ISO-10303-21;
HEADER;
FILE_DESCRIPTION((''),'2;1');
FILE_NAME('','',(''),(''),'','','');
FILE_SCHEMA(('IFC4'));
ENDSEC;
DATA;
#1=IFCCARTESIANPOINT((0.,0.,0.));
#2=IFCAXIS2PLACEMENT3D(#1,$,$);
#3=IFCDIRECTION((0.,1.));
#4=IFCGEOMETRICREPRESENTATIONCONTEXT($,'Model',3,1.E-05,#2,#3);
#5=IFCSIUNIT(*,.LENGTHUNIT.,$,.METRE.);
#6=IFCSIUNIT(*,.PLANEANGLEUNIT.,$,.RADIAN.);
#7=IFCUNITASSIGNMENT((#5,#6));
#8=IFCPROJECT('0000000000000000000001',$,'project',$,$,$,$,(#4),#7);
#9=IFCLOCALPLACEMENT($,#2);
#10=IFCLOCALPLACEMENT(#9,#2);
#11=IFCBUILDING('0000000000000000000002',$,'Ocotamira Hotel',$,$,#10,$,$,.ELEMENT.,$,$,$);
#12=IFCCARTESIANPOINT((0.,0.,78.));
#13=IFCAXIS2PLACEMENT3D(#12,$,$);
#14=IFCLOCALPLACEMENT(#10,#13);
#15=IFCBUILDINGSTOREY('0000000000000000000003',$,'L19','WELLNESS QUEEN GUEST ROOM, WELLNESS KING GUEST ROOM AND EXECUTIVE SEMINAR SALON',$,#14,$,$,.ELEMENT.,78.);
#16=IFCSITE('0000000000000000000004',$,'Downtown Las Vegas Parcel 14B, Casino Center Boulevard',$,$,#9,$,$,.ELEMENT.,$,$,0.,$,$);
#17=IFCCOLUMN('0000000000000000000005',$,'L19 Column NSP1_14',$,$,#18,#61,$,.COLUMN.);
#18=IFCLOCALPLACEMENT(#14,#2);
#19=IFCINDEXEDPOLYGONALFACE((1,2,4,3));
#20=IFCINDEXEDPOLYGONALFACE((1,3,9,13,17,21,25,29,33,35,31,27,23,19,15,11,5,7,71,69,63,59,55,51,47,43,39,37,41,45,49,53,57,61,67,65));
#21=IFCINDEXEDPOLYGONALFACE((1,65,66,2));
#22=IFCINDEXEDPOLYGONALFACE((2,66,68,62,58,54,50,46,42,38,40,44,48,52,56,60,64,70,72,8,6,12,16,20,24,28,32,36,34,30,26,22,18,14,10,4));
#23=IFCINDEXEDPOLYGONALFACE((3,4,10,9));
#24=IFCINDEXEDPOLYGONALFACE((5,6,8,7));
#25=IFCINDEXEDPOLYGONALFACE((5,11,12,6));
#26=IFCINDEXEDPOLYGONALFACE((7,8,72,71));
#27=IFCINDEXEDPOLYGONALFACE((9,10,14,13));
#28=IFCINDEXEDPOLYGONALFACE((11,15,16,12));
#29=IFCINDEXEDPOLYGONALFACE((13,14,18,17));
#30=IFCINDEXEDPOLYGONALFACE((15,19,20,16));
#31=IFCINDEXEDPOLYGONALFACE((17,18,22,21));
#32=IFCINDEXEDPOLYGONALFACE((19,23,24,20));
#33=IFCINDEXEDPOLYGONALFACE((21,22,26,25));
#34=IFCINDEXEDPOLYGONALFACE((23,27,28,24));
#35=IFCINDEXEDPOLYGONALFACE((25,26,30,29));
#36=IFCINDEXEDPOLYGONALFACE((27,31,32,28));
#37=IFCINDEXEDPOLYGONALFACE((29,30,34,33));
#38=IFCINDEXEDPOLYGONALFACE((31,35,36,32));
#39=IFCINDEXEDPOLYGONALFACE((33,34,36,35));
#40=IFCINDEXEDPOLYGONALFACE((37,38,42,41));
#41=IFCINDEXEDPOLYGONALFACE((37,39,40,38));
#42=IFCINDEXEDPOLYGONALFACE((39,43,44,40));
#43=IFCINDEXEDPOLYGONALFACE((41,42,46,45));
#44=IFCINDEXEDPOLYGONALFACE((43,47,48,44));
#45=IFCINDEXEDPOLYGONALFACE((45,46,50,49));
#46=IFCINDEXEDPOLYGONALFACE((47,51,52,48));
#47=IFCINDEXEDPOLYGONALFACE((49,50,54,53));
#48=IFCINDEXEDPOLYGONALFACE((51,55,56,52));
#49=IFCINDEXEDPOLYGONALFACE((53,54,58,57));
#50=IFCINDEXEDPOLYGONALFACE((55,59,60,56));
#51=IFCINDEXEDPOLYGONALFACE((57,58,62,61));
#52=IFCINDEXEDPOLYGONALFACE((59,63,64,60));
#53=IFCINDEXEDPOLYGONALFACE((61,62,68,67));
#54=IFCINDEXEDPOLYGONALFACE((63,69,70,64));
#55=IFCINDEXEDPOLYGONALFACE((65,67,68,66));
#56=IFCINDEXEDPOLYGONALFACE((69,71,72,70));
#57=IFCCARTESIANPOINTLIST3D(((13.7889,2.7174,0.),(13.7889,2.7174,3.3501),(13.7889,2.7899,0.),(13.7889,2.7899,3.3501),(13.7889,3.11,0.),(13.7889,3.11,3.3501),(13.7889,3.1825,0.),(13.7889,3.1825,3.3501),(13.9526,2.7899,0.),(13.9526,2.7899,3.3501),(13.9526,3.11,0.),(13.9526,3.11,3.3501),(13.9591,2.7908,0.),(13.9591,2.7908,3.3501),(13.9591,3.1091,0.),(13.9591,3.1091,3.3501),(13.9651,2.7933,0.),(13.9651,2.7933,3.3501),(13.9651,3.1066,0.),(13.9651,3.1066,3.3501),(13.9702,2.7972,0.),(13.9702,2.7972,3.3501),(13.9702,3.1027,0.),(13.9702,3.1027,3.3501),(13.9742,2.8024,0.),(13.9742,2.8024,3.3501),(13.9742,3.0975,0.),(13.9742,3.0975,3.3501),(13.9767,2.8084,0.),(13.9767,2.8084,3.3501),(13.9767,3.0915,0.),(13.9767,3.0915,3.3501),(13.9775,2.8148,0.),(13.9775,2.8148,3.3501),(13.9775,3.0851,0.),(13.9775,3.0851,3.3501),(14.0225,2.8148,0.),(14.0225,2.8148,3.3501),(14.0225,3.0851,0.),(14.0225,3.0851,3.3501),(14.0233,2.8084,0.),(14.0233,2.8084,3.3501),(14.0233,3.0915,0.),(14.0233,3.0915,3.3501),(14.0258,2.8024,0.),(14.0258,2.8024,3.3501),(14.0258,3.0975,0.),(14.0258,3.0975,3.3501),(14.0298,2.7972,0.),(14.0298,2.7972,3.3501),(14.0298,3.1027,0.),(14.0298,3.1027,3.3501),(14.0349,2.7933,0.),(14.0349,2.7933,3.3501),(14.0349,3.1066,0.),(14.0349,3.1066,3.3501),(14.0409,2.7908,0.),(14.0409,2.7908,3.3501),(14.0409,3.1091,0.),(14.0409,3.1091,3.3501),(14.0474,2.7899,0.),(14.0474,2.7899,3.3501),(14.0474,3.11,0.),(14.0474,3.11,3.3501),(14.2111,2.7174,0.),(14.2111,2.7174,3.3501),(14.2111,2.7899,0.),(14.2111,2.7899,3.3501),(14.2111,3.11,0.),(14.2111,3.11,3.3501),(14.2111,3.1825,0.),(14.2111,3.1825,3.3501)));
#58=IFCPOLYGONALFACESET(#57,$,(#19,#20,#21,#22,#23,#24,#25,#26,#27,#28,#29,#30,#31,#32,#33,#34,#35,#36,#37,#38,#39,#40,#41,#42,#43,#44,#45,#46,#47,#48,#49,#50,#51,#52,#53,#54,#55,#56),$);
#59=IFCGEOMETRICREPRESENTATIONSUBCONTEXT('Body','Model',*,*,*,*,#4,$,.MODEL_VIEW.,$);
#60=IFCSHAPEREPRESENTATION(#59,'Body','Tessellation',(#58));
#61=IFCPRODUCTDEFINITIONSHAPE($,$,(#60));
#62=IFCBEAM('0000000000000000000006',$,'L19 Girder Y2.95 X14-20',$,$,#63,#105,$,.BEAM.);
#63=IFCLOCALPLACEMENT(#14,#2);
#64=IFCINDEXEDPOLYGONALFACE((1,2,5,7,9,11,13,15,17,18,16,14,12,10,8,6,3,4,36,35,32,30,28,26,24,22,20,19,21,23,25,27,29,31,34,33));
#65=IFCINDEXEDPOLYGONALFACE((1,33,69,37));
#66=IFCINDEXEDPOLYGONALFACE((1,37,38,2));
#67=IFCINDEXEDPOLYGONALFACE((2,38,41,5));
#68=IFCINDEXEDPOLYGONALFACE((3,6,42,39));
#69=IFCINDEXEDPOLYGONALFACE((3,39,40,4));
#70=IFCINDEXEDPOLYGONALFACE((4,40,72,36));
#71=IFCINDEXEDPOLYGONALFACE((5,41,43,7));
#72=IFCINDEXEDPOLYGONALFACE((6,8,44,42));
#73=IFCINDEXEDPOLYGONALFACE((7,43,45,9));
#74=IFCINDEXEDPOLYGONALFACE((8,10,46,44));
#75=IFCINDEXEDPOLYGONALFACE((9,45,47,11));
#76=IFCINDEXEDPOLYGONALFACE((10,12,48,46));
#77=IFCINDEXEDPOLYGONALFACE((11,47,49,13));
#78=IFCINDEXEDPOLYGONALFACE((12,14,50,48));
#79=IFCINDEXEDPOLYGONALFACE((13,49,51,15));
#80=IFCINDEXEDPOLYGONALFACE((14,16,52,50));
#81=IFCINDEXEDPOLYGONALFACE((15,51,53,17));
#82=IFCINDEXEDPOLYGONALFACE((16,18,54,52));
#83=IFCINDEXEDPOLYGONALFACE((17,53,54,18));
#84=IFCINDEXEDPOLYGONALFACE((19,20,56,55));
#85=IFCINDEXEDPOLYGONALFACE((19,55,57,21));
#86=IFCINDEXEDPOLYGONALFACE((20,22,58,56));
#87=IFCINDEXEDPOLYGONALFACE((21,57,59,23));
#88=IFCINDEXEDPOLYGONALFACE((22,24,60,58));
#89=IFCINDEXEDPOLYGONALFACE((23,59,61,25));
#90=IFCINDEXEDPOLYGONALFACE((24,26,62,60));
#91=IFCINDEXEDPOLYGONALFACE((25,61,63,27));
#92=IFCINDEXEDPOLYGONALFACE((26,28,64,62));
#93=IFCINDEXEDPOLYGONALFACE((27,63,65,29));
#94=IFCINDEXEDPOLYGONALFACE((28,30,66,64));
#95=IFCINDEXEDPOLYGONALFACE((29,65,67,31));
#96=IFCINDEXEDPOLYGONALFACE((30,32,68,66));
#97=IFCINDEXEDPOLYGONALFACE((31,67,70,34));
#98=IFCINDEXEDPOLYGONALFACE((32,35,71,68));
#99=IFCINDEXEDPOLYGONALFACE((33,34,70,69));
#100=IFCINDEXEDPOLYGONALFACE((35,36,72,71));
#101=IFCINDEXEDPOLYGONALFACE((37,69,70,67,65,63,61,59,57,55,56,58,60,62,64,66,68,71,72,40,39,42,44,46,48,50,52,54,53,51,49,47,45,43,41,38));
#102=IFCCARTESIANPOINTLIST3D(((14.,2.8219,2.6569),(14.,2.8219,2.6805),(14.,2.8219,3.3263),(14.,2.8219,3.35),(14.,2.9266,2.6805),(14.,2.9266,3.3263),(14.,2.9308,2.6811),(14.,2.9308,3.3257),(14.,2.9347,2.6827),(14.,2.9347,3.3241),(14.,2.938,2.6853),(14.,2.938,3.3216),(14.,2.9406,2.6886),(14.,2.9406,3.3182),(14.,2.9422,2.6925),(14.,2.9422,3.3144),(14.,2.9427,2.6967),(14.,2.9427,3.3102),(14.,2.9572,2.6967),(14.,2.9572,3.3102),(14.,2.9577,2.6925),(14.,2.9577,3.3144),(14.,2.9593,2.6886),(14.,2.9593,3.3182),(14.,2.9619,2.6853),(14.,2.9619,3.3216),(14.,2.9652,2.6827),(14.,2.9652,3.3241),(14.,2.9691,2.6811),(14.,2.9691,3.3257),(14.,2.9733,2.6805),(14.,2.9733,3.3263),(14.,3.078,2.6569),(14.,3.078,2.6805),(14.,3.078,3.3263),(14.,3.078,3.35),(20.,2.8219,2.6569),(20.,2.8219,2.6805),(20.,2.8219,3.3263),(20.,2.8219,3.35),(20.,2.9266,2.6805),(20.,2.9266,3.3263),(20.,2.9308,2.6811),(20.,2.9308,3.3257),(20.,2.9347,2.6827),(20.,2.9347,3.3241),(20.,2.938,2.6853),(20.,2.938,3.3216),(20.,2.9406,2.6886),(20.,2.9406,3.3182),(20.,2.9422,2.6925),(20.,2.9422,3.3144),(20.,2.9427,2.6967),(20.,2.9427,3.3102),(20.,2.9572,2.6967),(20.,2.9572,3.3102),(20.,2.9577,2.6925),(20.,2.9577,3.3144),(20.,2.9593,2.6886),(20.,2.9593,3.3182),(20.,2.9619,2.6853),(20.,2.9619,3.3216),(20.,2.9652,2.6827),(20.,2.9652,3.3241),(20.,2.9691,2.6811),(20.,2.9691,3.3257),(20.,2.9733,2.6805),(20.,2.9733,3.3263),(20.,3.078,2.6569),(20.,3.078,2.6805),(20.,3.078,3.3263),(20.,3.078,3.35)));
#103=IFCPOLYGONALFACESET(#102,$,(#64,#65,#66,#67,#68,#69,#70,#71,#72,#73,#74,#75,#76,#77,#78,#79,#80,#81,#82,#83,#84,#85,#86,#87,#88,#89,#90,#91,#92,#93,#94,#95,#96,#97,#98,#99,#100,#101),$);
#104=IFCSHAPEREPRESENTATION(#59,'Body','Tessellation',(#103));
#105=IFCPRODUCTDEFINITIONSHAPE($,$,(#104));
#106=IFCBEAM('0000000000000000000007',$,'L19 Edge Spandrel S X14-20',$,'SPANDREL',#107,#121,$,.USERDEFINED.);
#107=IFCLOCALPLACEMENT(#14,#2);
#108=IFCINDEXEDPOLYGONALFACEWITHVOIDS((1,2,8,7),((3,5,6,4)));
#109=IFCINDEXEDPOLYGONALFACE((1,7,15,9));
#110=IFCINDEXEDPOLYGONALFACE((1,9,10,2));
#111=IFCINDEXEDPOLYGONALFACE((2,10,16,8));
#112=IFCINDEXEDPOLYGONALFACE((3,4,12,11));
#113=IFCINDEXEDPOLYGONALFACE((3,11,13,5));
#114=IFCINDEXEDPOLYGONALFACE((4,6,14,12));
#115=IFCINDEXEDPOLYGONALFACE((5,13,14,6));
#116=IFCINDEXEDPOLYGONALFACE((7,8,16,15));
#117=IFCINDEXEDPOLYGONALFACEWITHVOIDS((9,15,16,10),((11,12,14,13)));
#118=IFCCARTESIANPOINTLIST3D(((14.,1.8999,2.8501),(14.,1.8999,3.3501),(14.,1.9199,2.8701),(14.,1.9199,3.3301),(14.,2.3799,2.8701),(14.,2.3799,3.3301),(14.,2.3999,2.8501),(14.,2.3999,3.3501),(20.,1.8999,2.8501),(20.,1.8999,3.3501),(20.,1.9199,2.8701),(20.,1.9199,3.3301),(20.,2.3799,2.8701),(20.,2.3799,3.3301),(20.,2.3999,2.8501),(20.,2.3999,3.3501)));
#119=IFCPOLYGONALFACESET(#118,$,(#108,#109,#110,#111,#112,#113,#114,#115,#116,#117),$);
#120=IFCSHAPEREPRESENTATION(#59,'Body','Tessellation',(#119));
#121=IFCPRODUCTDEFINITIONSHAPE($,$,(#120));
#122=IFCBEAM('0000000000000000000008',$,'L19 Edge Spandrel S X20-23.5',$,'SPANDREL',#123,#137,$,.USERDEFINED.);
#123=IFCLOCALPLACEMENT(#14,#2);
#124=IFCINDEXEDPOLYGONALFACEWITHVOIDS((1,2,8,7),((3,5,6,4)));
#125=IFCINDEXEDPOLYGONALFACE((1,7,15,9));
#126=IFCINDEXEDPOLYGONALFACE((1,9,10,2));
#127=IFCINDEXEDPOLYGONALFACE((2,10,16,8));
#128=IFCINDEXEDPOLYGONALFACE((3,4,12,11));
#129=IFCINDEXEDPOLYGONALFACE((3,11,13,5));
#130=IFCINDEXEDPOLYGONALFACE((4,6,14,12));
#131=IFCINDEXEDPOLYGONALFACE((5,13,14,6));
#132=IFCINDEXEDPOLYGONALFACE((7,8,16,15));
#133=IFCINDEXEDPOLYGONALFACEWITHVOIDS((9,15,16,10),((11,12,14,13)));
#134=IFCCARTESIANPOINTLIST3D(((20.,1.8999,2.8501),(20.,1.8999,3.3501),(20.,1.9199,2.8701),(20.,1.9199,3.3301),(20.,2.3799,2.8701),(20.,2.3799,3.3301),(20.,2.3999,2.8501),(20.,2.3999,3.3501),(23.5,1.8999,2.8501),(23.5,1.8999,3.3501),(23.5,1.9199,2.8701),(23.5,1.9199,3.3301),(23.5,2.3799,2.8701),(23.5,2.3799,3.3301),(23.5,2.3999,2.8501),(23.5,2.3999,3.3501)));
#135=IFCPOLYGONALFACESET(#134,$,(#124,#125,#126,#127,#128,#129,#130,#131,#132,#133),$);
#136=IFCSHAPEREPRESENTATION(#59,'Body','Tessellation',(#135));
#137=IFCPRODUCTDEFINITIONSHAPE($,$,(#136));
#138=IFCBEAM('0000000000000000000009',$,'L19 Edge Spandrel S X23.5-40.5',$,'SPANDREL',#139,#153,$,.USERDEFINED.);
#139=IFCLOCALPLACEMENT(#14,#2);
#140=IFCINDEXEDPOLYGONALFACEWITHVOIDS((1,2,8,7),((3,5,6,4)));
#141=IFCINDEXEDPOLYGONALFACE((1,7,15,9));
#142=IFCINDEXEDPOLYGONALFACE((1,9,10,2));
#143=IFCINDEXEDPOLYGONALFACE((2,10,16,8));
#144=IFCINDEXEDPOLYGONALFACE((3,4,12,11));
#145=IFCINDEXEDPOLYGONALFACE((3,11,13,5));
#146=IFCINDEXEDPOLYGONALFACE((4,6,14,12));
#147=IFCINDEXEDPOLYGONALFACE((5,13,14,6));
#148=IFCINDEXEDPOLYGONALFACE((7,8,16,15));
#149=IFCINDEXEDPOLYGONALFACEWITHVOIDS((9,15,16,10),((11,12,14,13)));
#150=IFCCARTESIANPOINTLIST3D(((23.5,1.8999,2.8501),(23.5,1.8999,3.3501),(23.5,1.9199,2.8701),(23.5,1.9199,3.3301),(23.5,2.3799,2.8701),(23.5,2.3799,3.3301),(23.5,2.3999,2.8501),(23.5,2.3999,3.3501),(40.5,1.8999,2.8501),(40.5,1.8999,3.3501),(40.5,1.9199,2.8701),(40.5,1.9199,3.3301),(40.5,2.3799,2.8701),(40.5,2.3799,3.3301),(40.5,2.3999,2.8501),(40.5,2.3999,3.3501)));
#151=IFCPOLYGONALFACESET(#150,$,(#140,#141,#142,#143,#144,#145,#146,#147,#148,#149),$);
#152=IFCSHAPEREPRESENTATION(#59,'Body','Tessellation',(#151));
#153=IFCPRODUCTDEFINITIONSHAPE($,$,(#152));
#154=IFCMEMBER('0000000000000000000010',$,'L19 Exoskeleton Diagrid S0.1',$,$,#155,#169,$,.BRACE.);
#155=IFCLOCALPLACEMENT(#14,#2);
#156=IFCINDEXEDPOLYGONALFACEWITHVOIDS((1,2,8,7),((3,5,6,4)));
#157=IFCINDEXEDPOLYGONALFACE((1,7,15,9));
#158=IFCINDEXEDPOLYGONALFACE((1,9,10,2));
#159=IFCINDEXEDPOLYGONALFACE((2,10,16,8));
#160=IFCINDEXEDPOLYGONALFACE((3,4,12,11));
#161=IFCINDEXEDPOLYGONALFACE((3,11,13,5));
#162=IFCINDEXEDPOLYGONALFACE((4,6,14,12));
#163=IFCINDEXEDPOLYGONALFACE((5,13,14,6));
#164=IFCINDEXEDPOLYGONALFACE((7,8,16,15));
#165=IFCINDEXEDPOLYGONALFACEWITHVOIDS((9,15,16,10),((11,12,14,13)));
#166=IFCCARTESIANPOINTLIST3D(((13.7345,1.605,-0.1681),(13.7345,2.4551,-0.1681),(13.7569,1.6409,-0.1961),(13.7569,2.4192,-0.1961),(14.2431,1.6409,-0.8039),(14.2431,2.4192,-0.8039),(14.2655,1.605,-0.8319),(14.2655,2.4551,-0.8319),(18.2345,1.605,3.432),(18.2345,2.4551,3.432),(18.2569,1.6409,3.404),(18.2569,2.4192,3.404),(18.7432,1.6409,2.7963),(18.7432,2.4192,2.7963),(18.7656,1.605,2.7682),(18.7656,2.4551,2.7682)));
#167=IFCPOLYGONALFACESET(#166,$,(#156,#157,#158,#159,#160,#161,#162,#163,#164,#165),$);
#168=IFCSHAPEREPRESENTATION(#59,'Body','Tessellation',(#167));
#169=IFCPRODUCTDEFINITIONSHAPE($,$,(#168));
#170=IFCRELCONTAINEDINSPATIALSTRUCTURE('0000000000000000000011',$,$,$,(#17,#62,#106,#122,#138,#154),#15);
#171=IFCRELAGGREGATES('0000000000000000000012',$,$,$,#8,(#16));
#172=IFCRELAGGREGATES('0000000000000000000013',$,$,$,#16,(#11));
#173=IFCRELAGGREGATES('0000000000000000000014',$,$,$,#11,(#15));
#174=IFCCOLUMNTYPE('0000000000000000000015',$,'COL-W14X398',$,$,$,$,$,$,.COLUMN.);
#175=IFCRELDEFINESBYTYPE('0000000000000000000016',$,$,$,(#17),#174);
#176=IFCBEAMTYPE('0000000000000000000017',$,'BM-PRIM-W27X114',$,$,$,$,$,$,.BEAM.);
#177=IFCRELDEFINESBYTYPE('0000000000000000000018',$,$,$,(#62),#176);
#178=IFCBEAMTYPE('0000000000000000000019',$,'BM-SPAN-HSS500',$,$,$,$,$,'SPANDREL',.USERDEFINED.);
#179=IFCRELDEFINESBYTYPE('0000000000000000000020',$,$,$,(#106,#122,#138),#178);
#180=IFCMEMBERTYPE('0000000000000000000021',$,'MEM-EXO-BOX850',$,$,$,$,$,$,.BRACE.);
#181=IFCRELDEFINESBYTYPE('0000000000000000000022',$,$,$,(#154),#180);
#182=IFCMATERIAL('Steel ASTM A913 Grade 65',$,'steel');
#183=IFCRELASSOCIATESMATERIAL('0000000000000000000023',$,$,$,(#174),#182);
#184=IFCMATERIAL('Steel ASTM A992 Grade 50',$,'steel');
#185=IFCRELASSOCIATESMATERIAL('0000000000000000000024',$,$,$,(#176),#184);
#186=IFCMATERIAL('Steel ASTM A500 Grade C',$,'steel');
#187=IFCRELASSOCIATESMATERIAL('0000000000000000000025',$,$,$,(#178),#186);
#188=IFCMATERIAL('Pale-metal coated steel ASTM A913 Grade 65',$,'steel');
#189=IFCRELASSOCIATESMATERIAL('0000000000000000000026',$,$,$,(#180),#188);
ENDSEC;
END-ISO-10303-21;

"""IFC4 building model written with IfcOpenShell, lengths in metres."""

from ifc_helpers import new_model, si_unit, direction, frame, origin, origin_2d, place, context, subcontext, project, spatial, hollow_rectangle, i_section, extrude, source, transform, mapped, material, material_profile, profile_set, type_object, element, save


model = new_model("IFC4")

# Units and contexts
model_context = context("Model", 3, precision=1e-05, world=origin(), true_north=direction((0.0, 1.0)))
body_context = subcontext(model_context, "Body", "Model", "MODEL_VIEW")
ifc_project = project(units=[si_unit("LENGTHUNIT", "METRE"), si_unit("PLANEANGLEUNIT", "RADIAN")], contexts=[model_context])

# Site, building, storey
site_placement = place(None, origin())
site = spatial("IfcSite", under=ifc_project, at=site_placement, Name="Downtown Las Vegas Parcel 14B, Casino Center Boulevard", CompositionType="ELEMENT", RefElevation=0.0)
building_placement = place(site_placement, origin())
building = spatial("IfcBuilding", under=site, at=building_placement, Name="Ocotamira Hotel", CompositionType="ELEMENT")
storey_placement = place(building_placement, frame((0.0, 0.0, 78.0)))
storey = spatial("IfcBuildingStorey", under=building, at=storey_placement, Name="L19", Description="WELLNESS QUEEN GUEST ROOM, WELLNESS KING GUEST ROOM AND EXECUTIVE SEMINAR SALON", CompositionType="ELEMENT", Elevation=78.0)

# Column
ifc_material_1 = material(Name="Steel ASTM A913 Grade 65", Category="steel")
ifc_material_profile_1 = material_profile(ifc_material_1, i_section(OverallWidth=0.4221, OverallDepth=0.4651, WebThickness=0.0449, FlangeThickness=0.0725, FilletRadius=0.0249, at=origin_2d()), Name="W14X398")
ifc_profile_set_1 = profile_set([ifc_material_profile_1], Name="Steel ASTM A913 Grade 65")
column_type = type_object("IfcColumnType", Name="COL-W14X398", PredefinedType="COLUMN", material=ifc_profile_set_1)
shared_shape_1 = source(origin(), body_context, "Body", "SweptSolid", [
    extrude(i_section(OverallWidth=0.4221, OverallDepth=0.4651, WebThickness=0.0449, FlangeThickness=0.0725, FilletRadius=0.0249, at=origin_2d()), origin(), (0.0, 0.0, 1.0), 3.3501),
])
column_placement = place(storey_placement, frame((14.0, 2.95, 0.0), z_axis=(0.0, 0.0, 1.0), x_axis=(1.0, 0.0, 0.0)))
element("IfcColumn", 1, at=column_placement, inside=storey, type_object=column_type, Name="L19 Column NSP1_14", PredefinedType="COLUMN", context=body_context, shape_type="MappedRepresentation", body=[
    mapped(shared_shape_1, transform((0.0, 0.0, 0.0), scale=1.0)),
])

# Beams
ifc_material_2 = material(Name="Steel ASTM A992 Grade 50", Category="steel")
ifc_material_profile_2 = material_profile(ifc_material_2, i_section(OverallWidth=0.2561, OverallDepth=0.6931, WebThickness=0.0144, FlangeThickness=0.0237, FilletRadius=0.0161, at=origin_2d()), Name="W27X114")
ifc_profile_set_2 = profile_set([ifc_material_profile_2], Name="Steel ASTM A992 Grade 50")
beam_type_1 = type_object("IfcBeamType", Name="BM-PRIM-W27X114", PredefinedType="BEAM", material=ifc_profile_set_2)
shared_shape_2 = source(origin(), body_context, "Body", "SweptSolid", [
    extrude(i_section(OverallWidth=0.2561, OverallDepth=0.6931, WebThickness=0.0144, FlangeThickness=0.0237, FilletRadius=0.0161, at=origin_2d()), origin(), (0.0, 0.0, 1.0), 6.0),
])
beam_1_placement = place(storey_placement, frame((14.0, 2.95, 3.0034), z_axis=(1.0, 0.0, 0.0), x_axis=(0.0, 1.0, 0.0)))
element("IfcBeam", 2, at=beam_1_placement, inside=storey, type_object=beam_type_1, Name="L19 Girder Y2.95 X14-20", PredefinedType="BEAM", context=body_context, shape_type="MappedRepresentation", body=[
    mapped(shared_shape_2, transform((0.0, 0.0, 0.0), scale=1.0)),
])
ifc_material_3 = material(Name="Steel ASTM A500 Grade C", Category="steel")
ifc_material_profile_3 = material_profile(ifc_material_3, hollow_rectangle(XDim=0.5, YDim=0.5, WallThickness=0.02, at=origin_2d()), Name="HSS500X500X20")
ifc_profile_set_3 = profile_set([ifc_material_profile_3], Name="Steel ASTM A500 Grade C")
beam_type_2 = type_object("IfcBeamType", Name="BM-SPAN-HSS500", ElementType="SPANDREL", PredefinedType="USERDEFINED", material=ifc_profile_set_3)
shared_shape_3 = source(origin(), body_context, "Body", "SweptSolid", [
    extrude(hollow_rectangle(XDim=0.5, YDim=0.5, WallThickness=0.02, at=origin_2d()), origin(), (0.0, 0.0, 1.0), 6.0),
])
beam_2_placement = place(storey_placement, frame((14.0, 2.1499, 3.1001), z_axis=(1.0, 0.0, 0.0), x_axis=(0.0, 1.0, 0.0)))
element("IfcBeam", 3, at=beam_2_placement, inside=storey, type_object=beam_type_2, Name="L19 Edge Spandrel S X14-20", ObjectType="SPANDREL", PredefinedType="USERDEFINED", context=body_context, shape_type="MappedRepresentation", body=[
    mapped(shared_shape_3, transform((0.0, 0.0, 0.0), scale=1.0)),
])
shared_shape_4 = source(origin(), body_context, "Body", "SweptSolid", [
    extrude(hollow_rectangle(XDim=0.5, YDim=0.5, WallThickness=0.02, at=origin_2d()), origin(), (0.0, 0.0, 1.0), 3.5),
])
beam_3_placement = place(storey_placement, frame((20.0, 2.1499, 3.1001), z_axis=(1.0, 0.0, 0.0), x_axis=(0.0, 1.0, 0.0)))
element("IfcBeam", 4, at=beam_3_placement, inside=storey, type_object=beam_type_2, Name="L19 Edge Spandrel S X20-23.5", ObjectType="SPANDREL", PredefinedType="USERDEFINED", context=body_context, shape_type="MappedRepresentation", body=[
    mapped(shared_shape_4, transform((0.0, 0.0, 0.0), scale=1.0)),
])
shared_shape_5 = source(origin(), body_context, "Body", "SweptSolid", [
    extrude(hollow_rectangle(XDim=0.5, YDim=0.5, WallThickness=0.02, at=origin_2d()), origin(), (0.0, 0.0, 1.0), 17.0),
])
beam_4_placement = place(storey_placement, frame((23.5, 2.1499, 3.1001), z_axis=(1.0, 0.0, 0.0), x_axis=(0.0, 1.0, 0.0)))
element("IfcBeam", 5, at=beam_4_placement, inside=storey, type_object=beam_type_2, Name="L19 Edge Spandrel S X23.5-40.5", ObjectType="SPANDREL", PredefinedType="USERDEFINED", context=body_context, shape_type="MappedRepresentation", body=[
    mapped(shared_shape_5, transform((0.0, 0.0, 0.0), scale=1.0)),
])

# Member
ifc_material_4 = material(Name="Pale-metal coated steel ASTM A913 Grade 65", Category="steel")
ifc_material_profile_4 = material_profile(ifc_material_4, hollow_rectangle(XDim=0.8501, YDim=0.8501, WallThickness=0.0359, at=origin_2d()), Name="BOX850X850X36")
ifc_profile_set_4 = profile_set([ifc_material_profile_4], Name="Pale-metal coated steel ASTM A913 Grade 65")
member_type_1 = type_object("IfcMemberType", Name="MEM-EXO-BOX850", PredefinedType="BRACE", material=ifc_profile_set_4)
shared_shape_6 = source(origin(), body_context, "Body", "SweptSolid", [
    extrude(hollow_rectangle(XDim=0.8501, YDim=0.8501, WallThickness=0.0359, at=origin_2d()), origin(), (0.0, 0.0, 1.0), 5.7629),
])
for number, where, z_axis, x_axis, name in (
    (6, (14.0, 2.03, -0.5), (0.780861, 0.0, 0.624705), (0.0, 1.0, 0.0), "L19 Exoskeleton Diagrid S0.1"),
):
    element("IfcMember", number, at=place(storey_placement, frame(where, z_axis=z_axis, x_axis=x_axis)), inside=storey, type_object=member_type_1, Name=name, PredefinedType="BRACE", context=body_context, shape_type="MappedRepresentation", body=[
        mapped(shared_shape_6, transform((0.0, 0.0, 0.0), scale=1.0)),
    ])

save(model, "model.ifc")
